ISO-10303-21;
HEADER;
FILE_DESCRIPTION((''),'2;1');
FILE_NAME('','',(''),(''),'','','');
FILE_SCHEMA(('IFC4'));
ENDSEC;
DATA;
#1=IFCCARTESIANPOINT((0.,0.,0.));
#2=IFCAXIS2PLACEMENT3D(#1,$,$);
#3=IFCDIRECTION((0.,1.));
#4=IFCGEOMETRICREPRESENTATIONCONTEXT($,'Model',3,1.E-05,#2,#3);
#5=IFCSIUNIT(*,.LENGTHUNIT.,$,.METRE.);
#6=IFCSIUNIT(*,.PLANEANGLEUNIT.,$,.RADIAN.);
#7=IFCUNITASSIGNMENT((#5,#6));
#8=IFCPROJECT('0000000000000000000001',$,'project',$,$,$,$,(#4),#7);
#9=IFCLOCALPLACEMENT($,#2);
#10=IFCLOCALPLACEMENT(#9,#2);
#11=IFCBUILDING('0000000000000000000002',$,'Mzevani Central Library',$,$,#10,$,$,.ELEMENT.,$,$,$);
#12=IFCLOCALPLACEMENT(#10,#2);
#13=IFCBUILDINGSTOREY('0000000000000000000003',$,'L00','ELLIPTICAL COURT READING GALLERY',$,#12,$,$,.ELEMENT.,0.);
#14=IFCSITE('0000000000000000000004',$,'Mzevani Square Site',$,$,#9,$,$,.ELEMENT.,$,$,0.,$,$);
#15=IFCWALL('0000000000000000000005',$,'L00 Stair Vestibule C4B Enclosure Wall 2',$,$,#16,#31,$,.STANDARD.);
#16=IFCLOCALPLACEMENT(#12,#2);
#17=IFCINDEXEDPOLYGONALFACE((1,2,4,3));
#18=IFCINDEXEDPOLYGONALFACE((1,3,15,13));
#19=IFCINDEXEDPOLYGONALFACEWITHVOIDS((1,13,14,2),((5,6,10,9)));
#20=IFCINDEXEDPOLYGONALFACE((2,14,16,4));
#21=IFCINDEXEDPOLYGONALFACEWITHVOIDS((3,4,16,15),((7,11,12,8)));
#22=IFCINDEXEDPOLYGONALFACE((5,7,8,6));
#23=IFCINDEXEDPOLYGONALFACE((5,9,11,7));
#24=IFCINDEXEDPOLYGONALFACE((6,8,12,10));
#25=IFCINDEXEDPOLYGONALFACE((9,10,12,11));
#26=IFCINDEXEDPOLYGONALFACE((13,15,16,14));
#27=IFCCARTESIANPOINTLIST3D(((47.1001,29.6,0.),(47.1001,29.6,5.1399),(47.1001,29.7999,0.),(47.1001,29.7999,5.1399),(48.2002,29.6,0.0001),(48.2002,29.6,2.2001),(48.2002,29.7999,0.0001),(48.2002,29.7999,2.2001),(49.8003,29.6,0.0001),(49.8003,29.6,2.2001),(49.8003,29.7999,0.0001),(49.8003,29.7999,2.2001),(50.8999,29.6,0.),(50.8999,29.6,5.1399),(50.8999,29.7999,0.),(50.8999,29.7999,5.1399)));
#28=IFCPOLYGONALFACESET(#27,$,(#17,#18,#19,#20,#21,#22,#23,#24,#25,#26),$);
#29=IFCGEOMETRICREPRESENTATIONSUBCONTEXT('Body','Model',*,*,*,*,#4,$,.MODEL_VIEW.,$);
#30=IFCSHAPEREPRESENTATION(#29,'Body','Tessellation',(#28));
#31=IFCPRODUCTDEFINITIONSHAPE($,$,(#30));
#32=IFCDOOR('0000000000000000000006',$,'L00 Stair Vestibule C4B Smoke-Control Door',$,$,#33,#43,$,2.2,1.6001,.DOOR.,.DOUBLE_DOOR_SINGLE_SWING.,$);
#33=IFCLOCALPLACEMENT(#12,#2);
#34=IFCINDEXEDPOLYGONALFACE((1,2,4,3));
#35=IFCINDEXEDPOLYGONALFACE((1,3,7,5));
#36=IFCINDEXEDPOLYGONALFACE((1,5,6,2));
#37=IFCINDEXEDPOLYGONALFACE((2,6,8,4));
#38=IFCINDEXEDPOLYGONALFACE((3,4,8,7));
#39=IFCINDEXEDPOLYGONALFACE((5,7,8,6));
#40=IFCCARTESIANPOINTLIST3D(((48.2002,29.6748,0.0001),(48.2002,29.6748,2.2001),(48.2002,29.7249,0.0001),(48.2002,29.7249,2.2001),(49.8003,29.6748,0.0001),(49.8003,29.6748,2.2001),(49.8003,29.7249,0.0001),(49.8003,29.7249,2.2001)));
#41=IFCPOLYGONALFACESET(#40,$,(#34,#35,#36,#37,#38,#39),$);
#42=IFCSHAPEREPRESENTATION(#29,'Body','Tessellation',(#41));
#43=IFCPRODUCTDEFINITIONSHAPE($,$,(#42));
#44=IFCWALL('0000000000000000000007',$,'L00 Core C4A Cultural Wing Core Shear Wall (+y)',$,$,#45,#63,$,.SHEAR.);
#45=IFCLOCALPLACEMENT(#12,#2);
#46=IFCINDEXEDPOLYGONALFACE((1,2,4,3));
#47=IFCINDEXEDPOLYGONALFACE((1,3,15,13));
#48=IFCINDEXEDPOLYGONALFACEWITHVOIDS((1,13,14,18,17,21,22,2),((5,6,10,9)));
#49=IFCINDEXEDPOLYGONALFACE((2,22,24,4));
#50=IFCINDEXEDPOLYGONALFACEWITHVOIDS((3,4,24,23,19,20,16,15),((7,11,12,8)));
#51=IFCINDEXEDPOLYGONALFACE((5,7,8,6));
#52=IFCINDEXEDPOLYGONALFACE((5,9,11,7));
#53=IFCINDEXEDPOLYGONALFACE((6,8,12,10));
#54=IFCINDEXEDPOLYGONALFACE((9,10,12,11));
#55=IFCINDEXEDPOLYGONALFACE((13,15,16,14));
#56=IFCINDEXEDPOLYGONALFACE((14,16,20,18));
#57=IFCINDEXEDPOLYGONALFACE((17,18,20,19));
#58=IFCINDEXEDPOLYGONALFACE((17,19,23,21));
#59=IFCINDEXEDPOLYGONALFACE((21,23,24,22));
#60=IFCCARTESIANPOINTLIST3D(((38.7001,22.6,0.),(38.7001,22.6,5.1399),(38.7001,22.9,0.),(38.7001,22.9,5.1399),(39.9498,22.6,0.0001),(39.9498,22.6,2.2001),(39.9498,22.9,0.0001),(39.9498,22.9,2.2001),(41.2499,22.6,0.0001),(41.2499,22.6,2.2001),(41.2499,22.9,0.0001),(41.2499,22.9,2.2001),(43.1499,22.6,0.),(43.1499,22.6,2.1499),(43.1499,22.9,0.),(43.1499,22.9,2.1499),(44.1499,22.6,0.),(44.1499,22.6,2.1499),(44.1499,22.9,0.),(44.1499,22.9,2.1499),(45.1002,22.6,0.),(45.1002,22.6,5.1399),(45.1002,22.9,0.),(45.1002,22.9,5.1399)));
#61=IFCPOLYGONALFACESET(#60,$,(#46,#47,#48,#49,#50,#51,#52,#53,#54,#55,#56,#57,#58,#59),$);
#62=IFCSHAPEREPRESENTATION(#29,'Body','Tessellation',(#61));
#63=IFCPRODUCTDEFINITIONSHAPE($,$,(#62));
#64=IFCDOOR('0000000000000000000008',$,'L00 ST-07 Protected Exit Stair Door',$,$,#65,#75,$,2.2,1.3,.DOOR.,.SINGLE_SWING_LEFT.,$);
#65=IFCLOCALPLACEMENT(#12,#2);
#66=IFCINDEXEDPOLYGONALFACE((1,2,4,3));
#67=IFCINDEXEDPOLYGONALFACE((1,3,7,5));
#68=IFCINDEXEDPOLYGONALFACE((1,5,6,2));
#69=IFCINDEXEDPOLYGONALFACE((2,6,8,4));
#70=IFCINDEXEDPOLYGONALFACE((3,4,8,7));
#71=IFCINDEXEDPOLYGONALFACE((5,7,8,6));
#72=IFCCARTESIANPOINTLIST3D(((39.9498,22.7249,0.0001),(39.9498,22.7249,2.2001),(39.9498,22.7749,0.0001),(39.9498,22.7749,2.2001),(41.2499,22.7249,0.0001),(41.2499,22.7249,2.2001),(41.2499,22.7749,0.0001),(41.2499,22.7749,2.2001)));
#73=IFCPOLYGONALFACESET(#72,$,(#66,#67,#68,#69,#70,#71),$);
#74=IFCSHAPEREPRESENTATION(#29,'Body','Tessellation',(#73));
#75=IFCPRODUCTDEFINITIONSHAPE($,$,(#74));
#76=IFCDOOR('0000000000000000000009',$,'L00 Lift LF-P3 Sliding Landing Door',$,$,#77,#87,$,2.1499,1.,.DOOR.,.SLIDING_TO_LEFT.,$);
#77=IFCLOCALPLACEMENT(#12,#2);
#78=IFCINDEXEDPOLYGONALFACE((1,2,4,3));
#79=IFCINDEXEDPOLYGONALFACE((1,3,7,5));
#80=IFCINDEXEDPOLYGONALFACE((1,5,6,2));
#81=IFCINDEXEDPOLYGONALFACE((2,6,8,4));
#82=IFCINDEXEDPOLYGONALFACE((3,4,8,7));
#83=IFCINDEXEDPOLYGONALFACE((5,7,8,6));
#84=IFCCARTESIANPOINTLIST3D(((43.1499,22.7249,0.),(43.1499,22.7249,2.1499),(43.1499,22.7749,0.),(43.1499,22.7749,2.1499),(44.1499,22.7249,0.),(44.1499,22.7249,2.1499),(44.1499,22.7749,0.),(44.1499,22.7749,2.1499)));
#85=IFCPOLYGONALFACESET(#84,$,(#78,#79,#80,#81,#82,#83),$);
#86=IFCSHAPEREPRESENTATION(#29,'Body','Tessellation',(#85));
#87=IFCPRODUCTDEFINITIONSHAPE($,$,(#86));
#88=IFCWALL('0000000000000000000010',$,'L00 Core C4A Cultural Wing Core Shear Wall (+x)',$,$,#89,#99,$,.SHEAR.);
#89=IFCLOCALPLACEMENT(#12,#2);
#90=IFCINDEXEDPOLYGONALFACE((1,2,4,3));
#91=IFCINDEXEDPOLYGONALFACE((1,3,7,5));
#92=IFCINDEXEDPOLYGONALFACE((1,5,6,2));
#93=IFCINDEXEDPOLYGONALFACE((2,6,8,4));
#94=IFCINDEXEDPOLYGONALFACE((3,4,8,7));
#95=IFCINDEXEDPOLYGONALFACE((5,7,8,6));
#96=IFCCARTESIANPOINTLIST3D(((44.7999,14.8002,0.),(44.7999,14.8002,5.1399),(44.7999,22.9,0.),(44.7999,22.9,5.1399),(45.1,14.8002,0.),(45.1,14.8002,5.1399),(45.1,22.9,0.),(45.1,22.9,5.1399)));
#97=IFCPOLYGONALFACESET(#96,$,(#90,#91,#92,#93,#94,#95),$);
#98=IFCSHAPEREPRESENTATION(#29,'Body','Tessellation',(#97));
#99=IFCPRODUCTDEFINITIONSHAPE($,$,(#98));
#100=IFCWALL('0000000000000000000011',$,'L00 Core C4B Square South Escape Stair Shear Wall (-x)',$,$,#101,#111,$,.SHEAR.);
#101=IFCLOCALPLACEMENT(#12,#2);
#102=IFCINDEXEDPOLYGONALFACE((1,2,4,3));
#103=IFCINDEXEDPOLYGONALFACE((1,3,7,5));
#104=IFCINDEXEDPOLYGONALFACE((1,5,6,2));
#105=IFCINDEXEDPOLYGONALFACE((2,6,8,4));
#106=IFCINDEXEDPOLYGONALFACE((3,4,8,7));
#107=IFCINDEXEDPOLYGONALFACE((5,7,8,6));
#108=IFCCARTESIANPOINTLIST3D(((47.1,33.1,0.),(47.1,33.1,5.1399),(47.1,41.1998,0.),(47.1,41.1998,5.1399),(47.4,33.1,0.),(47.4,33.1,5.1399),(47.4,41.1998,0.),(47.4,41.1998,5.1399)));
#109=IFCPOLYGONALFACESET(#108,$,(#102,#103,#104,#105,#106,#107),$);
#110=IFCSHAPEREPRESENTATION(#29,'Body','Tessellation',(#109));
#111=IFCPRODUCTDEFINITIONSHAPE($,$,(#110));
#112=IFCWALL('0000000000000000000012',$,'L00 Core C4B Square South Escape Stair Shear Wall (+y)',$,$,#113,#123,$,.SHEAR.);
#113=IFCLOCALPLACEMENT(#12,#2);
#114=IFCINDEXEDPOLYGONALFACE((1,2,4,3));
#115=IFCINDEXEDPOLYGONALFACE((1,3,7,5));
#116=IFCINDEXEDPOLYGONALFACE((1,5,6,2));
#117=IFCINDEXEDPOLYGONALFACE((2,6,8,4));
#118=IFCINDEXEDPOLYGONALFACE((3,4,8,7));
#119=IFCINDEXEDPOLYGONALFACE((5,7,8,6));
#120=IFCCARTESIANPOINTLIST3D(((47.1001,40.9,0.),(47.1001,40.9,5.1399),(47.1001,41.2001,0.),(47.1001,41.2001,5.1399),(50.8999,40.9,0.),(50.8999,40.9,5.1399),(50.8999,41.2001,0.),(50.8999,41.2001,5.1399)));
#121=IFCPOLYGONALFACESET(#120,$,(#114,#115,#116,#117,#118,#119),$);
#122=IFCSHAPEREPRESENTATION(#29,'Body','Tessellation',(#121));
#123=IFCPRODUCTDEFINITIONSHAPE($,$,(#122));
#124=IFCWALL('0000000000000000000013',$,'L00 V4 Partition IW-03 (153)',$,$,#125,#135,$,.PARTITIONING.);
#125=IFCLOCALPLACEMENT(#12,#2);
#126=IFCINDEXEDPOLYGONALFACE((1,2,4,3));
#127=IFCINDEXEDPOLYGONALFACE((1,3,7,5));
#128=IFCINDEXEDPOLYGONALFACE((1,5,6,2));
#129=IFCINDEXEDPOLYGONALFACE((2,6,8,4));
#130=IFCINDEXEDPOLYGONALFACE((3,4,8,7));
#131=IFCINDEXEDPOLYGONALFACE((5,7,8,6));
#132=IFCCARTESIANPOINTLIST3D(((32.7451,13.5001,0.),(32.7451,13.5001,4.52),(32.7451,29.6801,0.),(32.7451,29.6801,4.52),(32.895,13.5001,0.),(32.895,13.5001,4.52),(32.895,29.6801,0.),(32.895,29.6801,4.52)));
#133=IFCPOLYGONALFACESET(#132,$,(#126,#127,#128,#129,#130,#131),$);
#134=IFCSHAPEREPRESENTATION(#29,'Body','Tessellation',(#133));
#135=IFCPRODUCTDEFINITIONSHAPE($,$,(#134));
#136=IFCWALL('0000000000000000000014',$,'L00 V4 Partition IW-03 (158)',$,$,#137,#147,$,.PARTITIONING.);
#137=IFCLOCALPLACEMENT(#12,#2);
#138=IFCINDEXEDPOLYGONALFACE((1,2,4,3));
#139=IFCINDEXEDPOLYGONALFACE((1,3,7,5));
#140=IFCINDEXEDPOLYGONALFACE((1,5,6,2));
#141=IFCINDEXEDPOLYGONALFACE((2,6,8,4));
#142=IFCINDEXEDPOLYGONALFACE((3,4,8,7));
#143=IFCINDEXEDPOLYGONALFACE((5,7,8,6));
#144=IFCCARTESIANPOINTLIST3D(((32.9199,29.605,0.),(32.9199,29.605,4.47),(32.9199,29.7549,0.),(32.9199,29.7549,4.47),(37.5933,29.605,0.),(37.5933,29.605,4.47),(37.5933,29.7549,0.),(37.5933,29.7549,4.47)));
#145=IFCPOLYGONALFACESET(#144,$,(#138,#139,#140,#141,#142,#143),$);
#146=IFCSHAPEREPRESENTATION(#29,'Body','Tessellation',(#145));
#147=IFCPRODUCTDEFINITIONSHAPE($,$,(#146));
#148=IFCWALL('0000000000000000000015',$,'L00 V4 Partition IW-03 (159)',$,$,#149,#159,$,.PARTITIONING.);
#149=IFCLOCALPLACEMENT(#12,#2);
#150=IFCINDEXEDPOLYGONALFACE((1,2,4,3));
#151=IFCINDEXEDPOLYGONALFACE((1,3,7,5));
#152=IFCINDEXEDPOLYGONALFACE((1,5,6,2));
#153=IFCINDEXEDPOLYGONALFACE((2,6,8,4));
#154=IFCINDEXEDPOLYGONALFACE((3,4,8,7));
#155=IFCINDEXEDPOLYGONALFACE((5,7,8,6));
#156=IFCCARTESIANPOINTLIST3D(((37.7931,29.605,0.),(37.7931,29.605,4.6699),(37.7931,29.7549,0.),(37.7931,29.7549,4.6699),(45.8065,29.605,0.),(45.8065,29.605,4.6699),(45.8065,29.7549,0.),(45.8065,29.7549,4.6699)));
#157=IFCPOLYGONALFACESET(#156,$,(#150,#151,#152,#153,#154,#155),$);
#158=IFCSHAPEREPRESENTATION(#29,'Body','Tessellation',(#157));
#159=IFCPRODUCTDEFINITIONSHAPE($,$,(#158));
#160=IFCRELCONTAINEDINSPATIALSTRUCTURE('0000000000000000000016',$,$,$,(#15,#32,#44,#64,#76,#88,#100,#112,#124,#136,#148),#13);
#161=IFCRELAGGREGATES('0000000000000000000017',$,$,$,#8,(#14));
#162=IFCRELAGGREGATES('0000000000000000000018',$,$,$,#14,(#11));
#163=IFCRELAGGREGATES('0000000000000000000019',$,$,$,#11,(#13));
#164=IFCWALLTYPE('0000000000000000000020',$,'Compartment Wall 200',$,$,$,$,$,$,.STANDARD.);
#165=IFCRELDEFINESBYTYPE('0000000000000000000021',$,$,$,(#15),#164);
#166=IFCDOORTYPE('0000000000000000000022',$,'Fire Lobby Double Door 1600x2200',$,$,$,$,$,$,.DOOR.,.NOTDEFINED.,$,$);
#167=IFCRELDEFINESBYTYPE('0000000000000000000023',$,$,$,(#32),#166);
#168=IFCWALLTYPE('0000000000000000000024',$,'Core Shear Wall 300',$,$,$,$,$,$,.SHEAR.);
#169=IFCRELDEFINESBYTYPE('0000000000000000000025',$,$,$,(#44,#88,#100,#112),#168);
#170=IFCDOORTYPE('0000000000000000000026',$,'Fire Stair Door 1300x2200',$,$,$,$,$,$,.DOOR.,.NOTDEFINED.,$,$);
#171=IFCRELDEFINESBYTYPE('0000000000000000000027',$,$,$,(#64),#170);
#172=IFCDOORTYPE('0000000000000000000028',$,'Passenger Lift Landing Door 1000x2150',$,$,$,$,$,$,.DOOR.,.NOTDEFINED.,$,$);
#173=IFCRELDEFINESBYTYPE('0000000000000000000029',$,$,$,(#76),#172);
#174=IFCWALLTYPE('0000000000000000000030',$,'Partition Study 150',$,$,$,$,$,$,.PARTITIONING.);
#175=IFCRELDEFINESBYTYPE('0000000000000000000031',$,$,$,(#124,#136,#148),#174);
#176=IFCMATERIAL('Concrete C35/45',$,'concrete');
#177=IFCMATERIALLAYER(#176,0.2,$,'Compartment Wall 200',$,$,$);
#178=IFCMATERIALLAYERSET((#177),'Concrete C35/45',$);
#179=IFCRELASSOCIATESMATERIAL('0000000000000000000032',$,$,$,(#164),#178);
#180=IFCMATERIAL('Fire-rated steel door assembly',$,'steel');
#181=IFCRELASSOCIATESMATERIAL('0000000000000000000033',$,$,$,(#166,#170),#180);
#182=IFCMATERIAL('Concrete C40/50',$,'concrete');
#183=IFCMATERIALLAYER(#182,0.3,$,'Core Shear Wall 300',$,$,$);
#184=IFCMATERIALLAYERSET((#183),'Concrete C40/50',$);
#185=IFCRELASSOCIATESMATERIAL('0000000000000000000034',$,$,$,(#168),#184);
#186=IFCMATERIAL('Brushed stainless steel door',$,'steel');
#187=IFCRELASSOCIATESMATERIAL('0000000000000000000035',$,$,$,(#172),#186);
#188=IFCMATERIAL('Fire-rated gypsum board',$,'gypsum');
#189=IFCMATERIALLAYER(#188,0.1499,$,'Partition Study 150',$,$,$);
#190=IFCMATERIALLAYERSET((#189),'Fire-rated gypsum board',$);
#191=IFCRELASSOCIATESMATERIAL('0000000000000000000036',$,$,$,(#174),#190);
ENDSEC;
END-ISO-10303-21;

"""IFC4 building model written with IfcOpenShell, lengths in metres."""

from ifc_helpers import new_model, si_unit, direction, frame, frame_2d, origin, place, context, subcontext, project, spatial, rectangle, extrude, material, layer, layer_set, type_object, element, fill, save


model = new_model("IFC4")

# Units and contexts
model_context = context("Model", 3, precision=1e-05, world=origin(), true_north=direction((0.0, 1.0)))
body_context = subcontext(model_context, "Body", "Model", "MODEL_VIEW")
ifc_project = project(units=[si_unit("LENGTHUNIT", "METRE"), si_unit("PLANEANGLEUNIT", "RADIAN")], contexts=[model_context])

# Site, building, storey
site_placement = place(None, origin())
site = spatial("IfcSite", under=ifc_project, at=site_placement, Name="Mzevani Square Site", CompositionType="ELEMENT", RefElevation=0.0)
building_placement = place(site_placement, origin())
building = spatial("IfcBuilding", under=site, at=building_placement, Name="Mzevani Central Library", CompositionType="ELEMENT")
storey_placement = place(building_placement, origin())
storey = spatial("IfcBuildingStorey", under=building, at=storey_placement, Name="L00", Description="ELLIPTICAL COURT READING GALLERY", CompositionType="ELEMENT", Elevation=0.0)

# Shared definitions
ifc_material_1 = material(Name="Concrete C40/50", Category="concrete")

# Shared definitions
ifc_material_2 = material(Name="Concrete C35/45", Category="concrete")

# Shared definitions
ifc_layer_1 = layer(ifc_material_2, 0.2, Name="Compartment Wall 200")
ifc_layer_set_1 = layer_set([ifc_layer_1], Name="Concrete C35/45")
wall_type_1 = type_object("IfcWallType", Name="Compartment Wall 200", PredefinedType="STANDARD", material=ifc_layer_set_1)

# Shared definitions
ifc_material_3 = material(Name="Fire-rated steel door assembly", Category="steel")
door_type_1 = type_object("IfcDoorType", Name="Fire Lobby Double Door 1600x2200", OperationType="NOTDEFINED", PredefinedType="DOOR", material=ifc_material_3)

# Wall, opening, door
wall_1_placement = place(storey_placement, frame((47.1001, 29.7, 0.0), z_axis=(0.0, 0.0, 1.0), x_axis=(1.0, 0.0, 0.0)))
wall_1 = element("IfcWall", 1, at=wall_1_placement, inside=storey, type_object=wall_type_1, Name="L00 Stair Vestibule C4B Enclosure Wall 2", PredefinedType="STANDARD", context=body_context, shape_type="SweptSolid", body=[
    extrude(rectangle(XDim=3.7998, YDim=0.2, at=frame_2d((1.8999, 0.0))), origin(), (0.0, 0.0, 1.0), 5.1399),
])
opening_1_placement = place(wall_1_placement, frame((1.1001, 0.0, 0.0)))
opening_1 = element("IfcOpeningElement", 2, at=opening_1_placement, cuts=wall_1, PredefinedType="OPENING", context=body_context, shape_type="SweptSolid", body=[
    extrude(rectangle(XDim=1.6001, YDim=2.2, at=frame_2d((0.8, 1.1001))), frame((0.0, 0.1099, 0.0), z_axis=(0.0, -1.0, 0.0), x_axis=(1.0, 0.0, 0.0)), (0.0, 0.0, 1.0), 0.22),
])
door_1_placement = place(opening_1_placement, origin())
door_1 = element("IfcDoor", 3, at=door_1_placement, inside=storey, type_object=door_type_1, Name="L00 Stair Vestibule C4B Smoke-Control Door", OperationType="DOUBLE_DOOR_SINGLE_SWING", OverallHeight=2.2, OverallWidth=1.6001, PredefinedType="DOOR", context=body_context, shape_type="SweptSolid", body=[
    extrude(rectangle(XDim=1.6001, YDim=2.2, at=frame_2d((0.8, 1.1001))), frame((0.0, 0.0249, 0.0), z_axis=(0.0, -1.0, 0.0), x_axis=(1.0, 0.0, 0.0)), (0.0, 0.0, 1.0), 0.05),
])
fill(opening_1, door_1)

# Wall, openings, doors
ifc_layer_2 = layer(ifc_material_1, 0.3, Name="Core Shear Wall 300")
ifc_layer_set_2 = layer_set([ifc_layer_2], Name="Concrete C40/50")
wall_type_2 = type_object("IfcWallType", Name="Core Shear Wall 300", PredefinedType="SHEAR", material=ifc_layer_set_2)
wall_2_placement = place(storey_placement, frame((38.7, 22.75, 0.0), z_axis=(0.0, 0.0, 1.0), x_axis=(1.0, 0.0, 0.0)))
wall_2 = element("IfcWall", 4, at=wall_2_placement, inside=storey, type_object=wall_type_2, Name="L00 Core C4A Cultural Wing Core Shear Wall (+y)", PredefinedType="SHEAR", context=body_context, shape_type="SweptSolid", body=[
    extrude(rectangle(XDim=6.4001, YDim=0.3, at=frame_2d((3.2002, 0.0))), origin(), (0.0, 0.0, 1.0), 5.1399),
])
opening_2_placement = place(wall_2_placement, frame((1.25, 0.0, 0.0)))
opening_2 = element("IfcOpeningElement", 5, at=opening_2_placement, cuts=wall_2, PredefinedType="OPENING", context=body_context, shape_type="SweptSolid", body=[
    extrude(rectangle(XDim=1.3, YDim=2.2, at=frame_2d((0.6499, 1.1001))), frame((0.0, 0.1602, 0.0), z_axis=(0.0, -1.0, 0.0), x_axis=(1.0, 0.0, 0.0)), (0.0, 0.0, 1.0), 0.3201),
])
opening_3_placement = place(wall_2_placement, frame((4.45, 0.0, 0.0)))
opening_3 = element("IfcOpeningElement", 6, at=opening_3_placement, cuts=wall_2, PredefinedType="OPENING", context=body_context, shape_type="SweptSolid", body=[
    extrude(rectangle(XDim=1.0, YDim=2.1499, at=frame_2d((0.5, 1.075))), frame((0.0, 0.1602, 0.0), z_axis=(0.0, -1.0, 0.0), x_axis=(1.0, 0.0, 0.0)), (0.0, 0.0, 1.0), 0.3201),
])
door_type_2 = type_object("IfcDoorType", Name="Fire Stair Door 1300x2200", OperationType="NOTDEFINED", PredefinedType="DOOR", material=ifc_material_3)
door_2_placement = place(opening_2_placement, origin())
door_2 = element("IfcDoor", 7, at=door_2_placement, inside=storey, type_object=door_type_2, Name="L00 ST-07 Protected Exit Stair Door", OperationType="SINGLE_SWING_LEFT", OverallHeight=2.2, OverallWidth=1.3, PredefinedType="DOOR", context=body_context, shape_type="SweptSolid", body=[
    extrude(rectangle(XDim=1.3, YDim=2.2, at=frame_2d((0.6499, 1.1001))), frame((0.0, 0.0249, 0.0), z_axis=(0.0, -1.0, 0.0), x_axis=(1.0, 0.0, 0.0)), (0.0, 0.0, 1.0), 0.05),
])
fill(opening_2, door_2)
ifc_material_4 = material(Name="Brushed stainless steel door", Category="steel")
door_type_3 = type_object("IfcDoorType", Name="Passenger Lift Landing Door 1000x2150", OperationType="NOTDEFINED", PredefinedType="DOOR", material=ifc_material_4)
door_3_placement = place(opening_3_placement, origin())
door_3 = element("IfcDoor", 8, at=door_3_placement, inside=storey, type_object=door_type_3, Name="L00 Lift LF-P3 Sliding Landing Door", OperationType="SLIDING_TO_LEFT", OverallHeight=2.1499, OverallWidth=1.0, PredefinedType="DOOR", context=body_context, shape_type="SweptSolid", body=[
    extrude(rectangle(XDim=1.0, YDim=2.1499, at=frame_2d((0.5, 1.075))), frame((0.0, 0.0249, 0.0), z_axis=(0.0, -1.0, 0.0), x_axis=(1.0, 0.0, 0.0)), (0.0, 0.0, 1.0), 0.05),
])
fill(opening_3, door_3)

# Walls
for number, where, z_axis, x_axis, name in (
    (9, (44.95, 22.8999, 0.0), (0.0, 0.0, 1.0), (0.0, -1.0, 0.0), "L00 Core C4A Cultural Wing Core Shear Wall (+x)"),
    (10, (47.25, 33.1001, 0.0), (0.0, 0.0, 1.0), (0.0, 1.0, 0.0), "L00 Core C4B Square South Escape Stair Shear Wall (-x)"),
):
    element("IfcWall", number, at=place(storey_placement, frame(where, z_axis=z_axis, x_axis=x_axis)), inside=storey, type_object=wall_type_2, Name=name, PredefinedType="SHEAR", context=body_context, shape_type="SweptSolid", body=[
        extrude(rectangle(XDim=8.0999, YDim=0.3, at=frame_2d((4.0498, 0.0))), origin(), (0.0, 0.0, 1.0), 5.1399),
    ])
wall_3_placement = place(storey_placement, frame((47.1001, 41.05, 0.0), z_axis=(0.0, 0.0, 1.0), x_axis=(1.0, 0.0, 0.0)))
element("IfcWall", 11, at=wall_3_placement, inside=storey, type_object=wall_type_2, Name="L00 Core C4B Square South Escape Stair Shear Wall (+y)", PredefinedType="SHEAR", context=body_context, shape_type="SweptSolid", body=[
    extrude(rectangle(XDim=3.7998, YDim=0.3, at=frame_2d((1.8999, 0.0))), origin(), (0.0, 0.0, 1.0), 5.1399),
])
ifc_material_5 = material(Name="Fire-rated gypsum board", Category="gypsum")
ifc_layer_3 = layer(ifc_material_5, 0.1499, Name="Partition Study 150")
ifc_layer_set_3 = layer_set([ifc_layer_3], Name="Fire-rated gypsum board")
wall_type_3 = type_object("IfcWallType", Name="Partition Study 150", PredefinedType="PARTITIONING", material=ifc_layer_set_3)
wall_4_placement = place(storey_placement, frame((32.8201, 29.6799, 0.0), z_axis=(0.0, 0.0, 1.0), x_axis=(0.0, -1.0, 0.0)))
element("IfcWall", 12, at=wall_4_placement, inside=storey, type_object=wall_type_3, Name="L00 V4 Partition IW-03 (153)", PredefinedType="PARTITIONING", context=body_context, shape_type="SweptSolid", body=[
    extrude(rectangle(XDim=16.1799, YDim=0.1499, at=frame_2d((8.0898, 0.0))), origin(), (0.0, 0.0, 1.0), 4.52),
])
wall_5_placement = place(storey_placement, frame((37.5933, 29.6799, 0.0), z_axis=(0.0, 0.0, 1.0), x_axis=(-1.0, 0.0, 0.0)))
element("IfcWall", 13, at=wall_5_placement, inside=storey, type_object=wall_type_3, Name="L00 V4 Partition IW-03 (158)", PredefinedType="PARTITIONING", context=body_context, shape_type="SweptSolid", body=[
    extrude(rectangle(XDim=4.6733, YDim=0.1499, at=frame_2d((2.3367, 0.0))), origin(), (0.0, 0.0, 1.0), 4.47),
])
wall_6_placement = place(storey_placement, frame((45.8066, 29.6799, 0.0), z_axis=(0.0, 0.0, 1.0), x_axis=(-1.0, 0.0, 0.0)))
element("IfcWall", 14, at=wall_6_placement, inside=storey, type_object=wall_type_3, Name="L00 V4 Partition IW-03 (159)", PredefinedType="PARTITIONING", context=body_context, shape_type="SweptSolid", body=[
    extrude(rectangle(XDim=8.0134, YDim=0.1499, at=frame_2d((4.0068, 0.0))), origin(), (0.0, 0.0, 1.0), 4.6699),
])

save(model, "model.ifc")
